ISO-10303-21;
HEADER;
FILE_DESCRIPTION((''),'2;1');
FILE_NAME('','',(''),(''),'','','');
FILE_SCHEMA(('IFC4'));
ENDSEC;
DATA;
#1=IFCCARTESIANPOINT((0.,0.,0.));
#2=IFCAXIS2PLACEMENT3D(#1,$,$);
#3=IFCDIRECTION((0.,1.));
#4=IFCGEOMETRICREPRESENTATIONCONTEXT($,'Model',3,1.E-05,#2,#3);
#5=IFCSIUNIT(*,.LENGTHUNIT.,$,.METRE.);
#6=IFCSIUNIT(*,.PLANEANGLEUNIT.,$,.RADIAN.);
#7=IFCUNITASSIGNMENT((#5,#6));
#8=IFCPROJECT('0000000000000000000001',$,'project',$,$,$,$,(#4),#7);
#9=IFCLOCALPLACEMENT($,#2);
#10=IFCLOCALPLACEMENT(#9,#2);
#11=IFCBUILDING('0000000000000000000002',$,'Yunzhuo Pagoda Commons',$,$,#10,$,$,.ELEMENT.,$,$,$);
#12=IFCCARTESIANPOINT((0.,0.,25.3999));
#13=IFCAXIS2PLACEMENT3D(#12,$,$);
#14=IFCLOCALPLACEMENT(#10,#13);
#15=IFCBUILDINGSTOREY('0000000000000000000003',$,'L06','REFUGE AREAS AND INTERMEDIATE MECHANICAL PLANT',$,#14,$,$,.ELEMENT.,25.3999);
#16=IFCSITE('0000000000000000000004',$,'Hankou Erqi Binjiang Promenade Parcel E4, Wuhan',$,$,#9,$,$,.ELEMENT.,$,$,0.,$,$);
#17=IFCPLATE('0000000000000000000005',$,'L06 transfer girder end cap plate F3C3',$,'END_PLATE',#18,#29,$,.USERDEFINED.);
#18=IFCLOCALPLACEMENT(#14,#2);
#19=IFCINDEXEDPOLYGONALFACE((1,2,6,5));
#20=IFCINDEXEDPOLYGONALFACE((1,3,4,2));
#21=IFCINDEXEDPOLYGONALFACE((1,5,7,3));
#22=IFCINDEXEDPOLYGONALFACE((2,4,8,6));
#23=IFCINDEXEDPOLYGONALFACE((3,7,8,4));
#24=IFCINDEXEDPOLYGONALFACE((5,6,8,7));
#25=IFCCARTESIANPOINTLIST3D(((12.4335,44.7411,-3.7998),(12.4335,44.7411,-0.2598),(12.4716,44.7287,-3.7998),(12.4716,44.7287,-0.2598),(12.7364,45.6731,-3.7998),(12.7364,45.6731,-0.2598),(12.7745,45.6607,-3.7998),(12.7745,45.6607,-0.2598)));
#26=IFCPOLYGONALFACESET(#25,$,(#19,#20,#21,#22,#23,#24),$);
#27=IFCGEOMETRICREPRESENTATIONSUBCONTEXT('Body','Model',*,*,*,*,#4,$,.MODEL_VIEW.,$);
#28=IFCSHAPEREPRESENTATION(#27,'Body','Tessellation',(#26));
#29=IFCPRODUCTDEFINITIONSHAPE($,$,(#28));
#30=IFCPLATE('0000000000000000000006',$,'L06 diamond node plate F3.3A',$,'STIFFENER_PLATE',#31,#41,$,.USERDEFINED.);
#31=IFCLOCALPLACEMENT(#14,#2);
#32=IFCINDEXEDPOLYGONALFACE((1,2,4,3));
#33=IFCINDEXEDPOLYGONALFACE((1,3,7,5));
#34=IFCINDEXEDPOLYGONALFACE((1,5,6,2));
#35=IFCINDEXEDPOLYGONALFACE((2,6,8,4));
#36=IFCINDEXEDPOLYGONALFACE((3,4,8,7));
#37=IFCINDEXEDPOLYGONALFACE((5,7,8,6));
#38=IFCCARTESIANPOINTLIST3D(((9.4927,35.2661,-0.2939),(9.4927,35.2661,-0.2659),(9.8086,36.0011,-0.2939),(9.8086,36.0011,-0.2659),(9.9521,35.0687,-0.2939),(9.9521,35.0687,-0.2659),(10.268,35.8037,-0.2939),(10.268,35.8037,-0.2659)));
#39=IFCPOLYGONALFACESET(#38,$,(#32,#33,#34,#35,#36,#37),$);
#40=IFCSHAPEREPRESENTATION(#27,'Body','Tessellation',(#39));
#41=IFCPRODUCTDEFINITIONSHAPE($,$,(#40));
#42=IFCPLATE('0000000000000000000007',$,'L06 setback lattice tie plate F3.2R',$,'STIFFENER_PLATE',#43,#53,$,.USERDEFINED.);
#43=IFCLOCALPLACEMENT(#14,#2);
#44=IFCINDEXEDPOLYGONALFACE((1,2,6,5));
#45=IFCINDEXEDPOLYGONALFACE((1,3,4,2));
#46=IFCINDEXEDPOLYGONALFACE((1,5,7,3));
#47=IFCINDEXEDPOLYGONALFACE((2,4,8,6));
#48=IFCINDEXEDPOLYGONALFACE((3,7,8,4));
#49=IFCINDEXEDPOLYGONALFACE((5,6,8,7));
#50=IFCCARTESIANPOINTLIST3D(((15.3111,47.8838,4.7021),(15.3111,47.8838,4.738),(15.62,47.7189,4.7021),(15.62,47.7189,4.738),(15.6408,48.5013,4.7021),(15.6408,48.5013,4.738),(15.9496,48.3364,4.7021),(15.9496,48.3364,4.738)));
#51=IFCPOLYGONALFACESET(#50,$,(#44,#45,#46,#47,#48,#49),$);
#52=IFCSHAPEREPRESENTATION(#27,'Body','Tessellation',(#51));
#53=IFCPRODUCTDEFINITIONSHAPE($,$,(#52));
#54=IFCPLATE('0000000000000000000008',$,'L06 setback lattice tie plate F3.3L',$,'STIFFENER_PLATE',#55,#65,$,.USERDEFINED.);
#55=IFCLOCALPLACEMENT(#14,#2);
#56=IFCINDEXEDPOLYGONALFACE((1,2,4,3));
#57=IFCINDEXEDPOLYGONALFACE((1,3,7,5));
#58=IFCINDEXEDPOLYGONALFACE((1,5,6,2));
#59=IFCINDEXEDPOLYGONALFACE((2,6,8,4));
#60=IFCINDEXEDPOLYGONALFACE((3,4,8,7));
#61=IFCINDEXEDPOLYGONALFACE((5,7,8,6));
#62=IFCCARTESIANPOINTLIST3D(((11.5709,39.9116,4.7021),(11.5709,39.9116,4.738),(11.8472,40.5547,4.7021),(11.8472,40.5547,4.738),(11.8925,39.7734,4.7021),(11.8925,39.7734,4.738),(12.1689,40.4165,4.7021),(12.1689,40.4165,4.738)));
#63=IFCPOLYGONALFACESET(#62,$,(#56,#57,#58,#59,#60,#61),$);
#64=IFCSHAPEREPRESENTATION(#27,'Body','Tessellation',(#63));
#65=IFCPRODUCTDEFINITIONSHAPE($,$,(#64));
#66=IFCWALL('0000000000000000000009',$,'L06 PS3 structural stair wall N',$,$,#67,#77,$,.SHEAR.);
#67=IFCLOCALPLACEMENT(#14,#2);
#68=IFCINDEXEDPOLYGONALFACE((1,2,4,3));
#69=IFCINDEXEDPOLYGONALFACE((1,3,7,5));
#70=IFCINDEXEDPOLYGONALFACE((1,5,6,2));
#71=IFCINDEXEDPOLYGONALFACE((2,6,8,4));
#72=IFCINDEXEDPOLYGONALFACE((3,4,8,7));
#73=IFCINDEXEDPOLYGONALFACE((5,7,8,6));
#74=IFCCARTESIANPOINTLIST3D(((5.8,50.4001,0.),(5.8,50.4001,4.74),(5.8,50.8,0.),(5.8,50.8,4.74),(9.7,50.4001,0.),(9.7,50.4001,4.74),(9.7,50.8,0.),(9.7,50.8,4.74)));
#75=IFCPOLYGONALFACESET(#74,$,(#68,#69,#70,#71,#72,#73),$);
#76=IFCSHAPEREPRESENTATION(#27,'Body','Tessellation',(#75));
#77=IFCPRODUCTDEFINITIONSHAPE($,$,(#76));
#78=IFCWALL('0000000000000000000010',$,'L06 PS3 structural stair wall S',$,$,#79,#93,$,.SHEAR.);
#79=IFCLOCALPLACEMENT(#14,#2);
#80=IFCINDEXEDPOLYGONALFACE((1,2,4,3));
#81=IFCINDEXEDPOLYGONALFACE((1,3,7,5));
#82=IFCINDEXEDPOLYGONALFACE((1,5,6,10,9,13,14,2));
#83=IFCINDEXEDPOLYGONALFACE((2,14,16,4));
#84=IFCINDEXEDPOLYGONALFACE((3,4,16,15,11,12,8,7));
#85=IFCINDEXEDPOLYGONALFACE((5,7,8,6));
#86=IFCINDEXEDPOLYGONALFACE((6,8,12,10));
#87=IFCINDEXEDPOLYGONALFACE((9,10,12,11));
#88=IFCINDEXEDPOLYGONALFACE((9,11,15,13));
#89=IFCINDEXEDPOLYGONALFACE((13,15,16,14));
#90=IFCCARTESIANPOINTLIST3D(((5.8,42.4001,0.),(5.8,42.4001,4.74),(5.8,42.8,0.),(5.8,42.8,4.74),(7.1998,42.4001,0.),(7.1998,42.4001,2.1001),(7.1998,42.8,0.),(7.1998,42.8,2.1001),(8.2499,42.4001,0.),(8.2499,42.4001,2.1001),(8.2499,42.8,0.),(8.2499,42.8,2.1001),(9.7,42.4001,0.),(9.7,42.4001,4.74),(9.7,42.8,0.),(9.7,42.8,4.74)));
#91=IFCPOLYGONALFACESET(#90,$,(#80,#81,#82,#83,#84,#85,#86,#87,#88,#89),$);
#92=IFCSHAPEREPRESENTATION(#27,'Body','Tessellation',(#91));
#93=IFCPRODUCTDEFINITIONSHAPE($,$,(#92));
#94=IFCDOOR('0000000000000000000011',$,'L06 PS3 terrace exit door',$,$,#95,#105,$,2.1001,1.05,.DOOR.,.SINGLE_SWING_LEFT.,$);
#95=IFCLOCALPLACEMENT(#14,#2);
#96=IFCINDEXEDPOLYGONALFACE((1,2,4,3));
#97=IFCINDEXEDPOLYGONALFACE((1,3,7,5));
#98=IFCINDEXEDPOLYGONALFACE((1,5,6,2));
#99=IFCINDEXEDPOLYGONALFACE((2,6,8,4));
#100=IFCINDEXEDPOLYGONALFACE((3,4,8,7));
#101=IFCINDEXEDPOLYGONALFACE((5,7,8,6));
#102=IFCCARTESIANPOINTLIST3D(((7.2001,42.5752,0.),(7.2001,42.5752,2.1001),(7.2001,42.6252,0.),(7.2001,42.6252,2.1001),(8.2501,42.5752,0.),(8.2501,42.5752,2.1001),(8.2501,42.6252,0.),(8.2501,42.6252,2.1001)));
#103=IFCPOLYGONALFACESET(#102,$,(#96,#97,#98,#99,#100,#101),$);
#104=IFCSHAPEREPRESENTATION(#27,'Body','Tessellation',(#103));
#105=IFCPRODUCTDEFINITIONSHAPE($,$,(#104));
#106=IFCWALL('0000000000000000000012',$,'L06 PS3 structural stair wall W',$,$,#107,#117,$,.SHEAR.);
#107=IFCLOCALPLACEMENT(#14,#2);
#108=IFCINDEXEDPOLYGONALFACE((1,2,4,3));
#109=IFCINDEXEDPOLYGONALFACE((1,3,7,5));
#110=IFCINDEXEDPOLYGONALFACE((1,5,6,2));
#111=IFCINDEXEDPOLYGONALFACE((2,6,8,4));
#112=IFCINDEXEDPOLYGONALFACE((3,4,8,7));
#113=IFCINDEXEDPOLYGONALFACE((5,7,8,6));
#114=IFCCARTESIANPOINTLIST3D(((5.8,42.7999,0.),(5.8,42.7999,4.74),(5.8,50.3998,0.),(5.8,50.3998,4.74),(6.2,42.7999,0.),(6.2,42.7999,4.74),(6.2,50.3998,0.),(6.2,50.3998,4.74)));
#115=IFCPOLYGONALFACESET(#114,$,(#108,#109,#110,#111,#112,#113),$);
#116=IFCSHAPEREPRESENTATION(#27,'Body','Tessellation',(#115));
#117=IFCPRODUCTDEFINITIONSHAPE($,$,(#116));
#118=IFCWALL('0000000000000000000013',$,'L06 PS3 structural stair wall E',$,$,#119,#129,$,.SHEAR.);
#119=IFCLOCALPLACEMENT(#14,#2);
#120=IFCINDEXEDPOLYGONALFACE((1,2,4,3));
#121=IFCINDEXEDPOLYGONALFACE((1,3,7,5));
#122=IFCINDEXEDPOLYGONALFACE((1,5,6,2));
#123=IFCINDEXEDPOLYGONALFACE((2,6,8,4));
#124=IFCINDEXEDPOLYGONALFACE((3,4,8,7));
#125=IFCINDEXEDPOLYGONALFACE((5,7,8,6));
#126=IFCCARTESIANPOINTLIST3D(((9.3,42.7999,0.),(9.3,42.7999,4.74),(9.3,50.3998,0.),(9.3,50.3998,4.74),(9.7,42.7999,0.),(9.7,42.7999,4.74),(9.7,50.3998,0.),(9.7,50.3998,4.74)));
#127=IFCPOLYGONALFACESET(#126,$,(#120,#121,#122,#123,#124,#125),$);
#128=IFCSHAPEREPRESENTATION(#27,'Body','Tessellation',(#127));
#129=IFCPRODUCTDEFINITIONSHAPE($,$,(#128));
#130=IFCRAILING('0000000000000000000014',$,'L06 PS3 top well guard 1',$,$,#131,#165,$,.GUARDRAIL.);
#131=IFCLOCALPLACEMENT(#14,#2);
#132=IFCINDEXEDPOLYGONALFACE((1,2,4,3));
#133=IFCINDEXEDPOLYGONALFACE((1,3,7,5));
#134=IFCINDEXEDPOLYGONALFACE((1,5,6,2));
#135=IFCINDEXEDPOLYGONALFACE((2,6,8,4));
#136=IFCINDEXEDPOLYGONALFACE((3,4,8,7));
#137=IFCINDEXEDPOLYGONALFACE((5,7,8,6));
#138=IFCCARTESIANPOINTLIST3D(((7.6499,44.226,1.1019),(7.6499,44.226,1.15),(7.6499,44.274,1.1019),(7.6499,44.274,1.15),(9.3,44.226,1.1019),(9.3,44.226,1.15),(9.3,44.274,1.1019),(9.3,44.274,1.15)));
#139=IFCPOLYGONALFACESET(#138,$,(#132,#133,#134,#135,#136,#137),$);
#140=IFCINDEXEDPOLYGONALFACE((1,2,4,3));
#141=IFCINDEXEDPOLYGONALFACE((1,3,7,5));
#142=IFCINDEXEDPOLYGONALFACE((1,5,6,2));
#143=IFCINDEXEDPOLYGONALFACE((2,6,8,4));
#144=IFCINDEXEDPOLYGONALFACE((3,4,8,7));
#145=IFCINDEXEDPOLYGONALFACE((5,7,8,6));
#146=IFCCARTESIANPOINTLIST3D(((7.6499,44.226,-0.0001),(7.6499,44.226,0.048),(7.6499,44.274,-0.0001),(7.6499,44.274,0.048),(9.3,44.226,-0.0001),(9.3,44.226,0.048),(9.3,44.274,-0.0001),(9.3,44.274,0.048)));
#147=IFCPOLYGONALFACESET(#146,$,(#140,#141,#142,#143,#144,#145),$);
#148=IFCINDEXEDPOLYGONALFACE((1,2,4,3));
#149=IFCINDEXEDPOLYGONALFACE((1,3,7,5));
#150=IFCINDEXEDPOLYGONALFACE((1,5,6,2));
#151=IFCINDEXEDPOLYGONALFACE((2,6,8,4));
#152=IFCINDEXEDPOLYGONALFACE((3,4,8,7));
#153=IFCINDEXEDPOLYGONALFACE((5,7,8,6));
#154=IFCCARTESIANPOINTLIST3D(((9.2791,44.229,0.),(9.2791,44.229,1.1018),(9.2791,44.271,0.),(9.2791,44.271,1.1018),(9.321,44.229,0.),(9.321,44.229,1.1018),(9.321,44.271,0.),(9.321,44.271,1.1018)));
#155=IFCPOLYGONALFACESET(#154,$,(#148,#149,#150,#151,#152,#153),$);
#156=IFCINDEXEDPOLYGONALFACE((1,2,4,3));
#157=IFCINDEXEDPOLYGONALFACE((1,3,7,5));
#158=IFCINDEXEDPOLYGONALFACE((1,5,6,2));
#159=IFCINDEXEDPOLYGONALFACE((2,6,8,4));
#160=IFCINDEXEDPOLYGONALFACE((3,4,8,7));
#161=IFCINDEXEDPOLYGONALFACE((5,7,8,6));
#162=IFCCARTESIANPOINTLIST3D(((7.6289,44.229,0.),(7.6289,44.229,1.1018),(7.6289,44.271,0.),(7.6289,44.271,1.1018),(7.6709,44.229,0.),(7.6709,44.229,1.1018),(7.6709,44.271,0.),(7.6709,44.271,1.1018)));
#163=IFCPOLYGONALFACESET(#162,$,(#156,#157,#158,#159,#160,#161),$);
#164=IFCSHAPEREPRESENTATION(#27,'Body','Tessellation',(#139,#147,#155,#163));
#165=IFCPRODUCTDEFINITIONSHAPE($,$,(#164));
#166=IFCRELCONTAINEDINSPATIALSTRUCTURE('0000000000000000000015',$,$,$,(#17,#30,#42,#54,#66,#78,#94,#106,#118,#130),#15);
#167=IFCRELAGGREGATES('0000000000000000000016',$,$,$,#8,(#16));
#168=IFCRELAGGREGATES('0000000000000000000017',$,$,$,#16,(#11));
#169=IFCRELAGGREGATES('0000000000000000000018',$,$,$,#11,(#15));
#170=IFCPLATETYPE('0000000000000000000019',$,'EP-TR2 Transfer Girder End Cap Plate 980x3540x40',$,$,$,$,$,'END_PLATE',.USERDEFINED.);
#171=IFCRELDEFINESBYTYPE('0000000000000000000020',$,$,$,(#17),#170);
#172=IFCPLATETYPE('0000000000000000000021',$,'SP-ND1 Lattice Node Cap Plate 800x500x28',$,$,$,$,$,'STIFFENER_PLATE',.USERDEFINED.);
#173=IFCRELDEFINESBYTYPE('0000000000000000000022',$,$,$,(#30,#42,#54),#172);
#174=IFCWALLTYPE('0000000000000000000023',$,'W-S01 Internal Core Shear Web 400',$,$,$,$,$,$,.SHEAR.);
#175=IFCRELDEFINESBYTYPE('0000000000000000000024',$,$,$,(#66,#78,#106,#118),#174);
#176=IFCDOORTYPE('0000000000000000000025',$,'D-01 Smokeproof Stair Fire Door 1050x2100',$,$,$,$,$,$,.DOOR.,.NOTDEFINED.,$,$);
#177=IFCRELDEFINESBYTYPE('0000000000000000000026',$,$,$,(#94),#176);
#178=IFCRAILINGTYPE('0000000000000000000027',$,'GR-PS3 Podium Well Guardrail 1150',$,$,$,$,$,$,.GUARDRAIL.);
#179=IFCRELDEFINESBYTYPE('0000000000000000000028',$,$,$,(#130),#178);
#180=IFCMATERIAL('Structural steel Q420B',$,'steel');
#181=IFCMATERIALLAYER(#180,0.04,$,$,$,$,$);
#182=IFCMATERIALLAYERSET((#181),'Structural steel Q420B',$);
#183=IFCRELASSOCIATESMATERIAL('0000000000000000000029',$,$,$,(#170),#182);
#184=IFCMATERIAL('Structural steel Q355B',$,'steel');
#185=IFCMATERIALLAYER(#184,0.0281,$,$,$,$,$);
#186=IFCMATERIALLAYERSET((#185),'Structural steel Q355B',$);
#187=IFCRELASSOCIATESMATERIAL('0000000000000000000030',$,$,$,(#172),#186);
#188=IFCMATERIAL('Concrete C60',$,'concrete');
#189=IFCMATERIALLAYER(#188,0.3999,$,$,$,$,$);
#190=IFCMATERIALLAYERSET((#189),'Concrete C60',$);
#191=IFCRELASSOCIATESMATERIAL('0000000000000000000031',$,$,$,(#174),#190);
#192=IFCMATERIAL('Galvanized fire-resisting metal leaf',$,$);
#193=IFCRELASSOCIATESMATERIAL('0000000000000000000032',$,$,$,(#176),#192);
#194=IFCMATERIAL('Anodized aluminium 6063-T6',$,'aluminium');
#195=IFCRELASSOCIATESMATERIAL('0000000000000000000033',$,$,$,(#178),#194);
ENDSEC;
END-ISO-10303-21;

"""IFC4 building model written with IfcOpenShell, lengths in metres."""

from ifc_helpers import new_model, si_unit, direction, frame, frame_2d, origin, origin_2d, place, context, subcontext, project, spatial, rectangle, extrude, source, transform, mapped, material, layer, layer_set, type_object, element, fill, save


model = new_model("IFC4")

# Units and contexts
model_context = context("Model", 3, precision=1e-05, world=origin(), true_north=direction((0.0, 1.0)))
body_context = subcontext(model_context, "Body", "Model", "MODEL_VIEW")
ifc_project = project(units=[si_unit("LENGTHUNIT", "METRE"), si_unit("PLANEANGLEUNIT", "RADIAN")], contexts=[model_context])

# Site, building, storey
site_placement = place(None, origin())
site = spatial("IfcSite", under=ifc_project, at=site_placement, Name="Hankou Erqi Binjiang Promenade Parcel E4, Wuhan", CompositionType="ELEMENT", RefElevation=0.0)
building_placement = place(site_placement, origin())
building = spatial("IfcBuilding", under=site, at=building_placement, Name="Yunzhuo Pagoda Commons", CompositionType="ELEMENT")
storey_placement = place(building_placement, frame((0.0, 0.0, 25.3999)))
storey = spatial("IfcBuildingStorey", under=building, at=storey_placement, Name="L06", Description="REFUGE AREAS AND INTERMEDIATE MECHANICAL PLANT", CompositionType="ELEMENT", Elevation=25.3999)

# Shared definitions
ifc_material_1 = material(Name="Structural steel Q355B", Category="steel")
ifc_material_2 = material(Name="Structural steel Q420B", Category="steel")

# Plates
ifc_layer_1 = layer(ifc_material_2, 0.04)
ifc_layer_set_1 = layer_set([ifc_layer_1], Name="Structural steel Q420B")
plate_type_1 = type_object("IfcPlateType", Name="EP-TR2 Transfer Girder End Cap Plate 980x3540x40", ElementType="END_PLATE", PredefinedType="USERDEFINED", material=ifc_layer_set_1)
shared_shape_1 = source(origin(), body_context, "Body", "SweptSolid", [
    extrude(rectangle(XDim=0.98, YDim=0.04, at=origin_2d()), origin(), (0.0, 0.0, 1.0), 3.54),
])
plate_1_placement = place(storey_placement, frame((12.604, 45.2009, -3.7998), z_axis=(0.0, 0.0, 1.0), x_axis=(-0.309017, -0.951057, 0.0)))
element("IfcPlate", 1, at=plate_1_placement, inside=storey, type_object=plate_type_1, Name="L06 transfer girder end cap plate F3C3", ObjectType="END_PLATE", PredefinedType="USERDEFINED", context=body_context, shape_type="MappedRepresentation", body=[
    mapped(shared_shape_1, transform((0.0, 0.0, 0.0), scale=1.0)),
])
ifc_layer_2 = layer(ifc_material_1, 0.0281)
ifc_layer_set_2 = layer_set([ifc_layer_2], Name="Structural steel Q355B")
plate_type_2 = type_object("IfcPlateType", Name="SP-ND1 Lattice Node Cap Plate 800x500x28", ElementType="STIFFENER_PLATE", PredefinedType="USERDEFINED", material=ifc_layer_set_2)
shared_shape_2 = source(origin(), body_context, "Body", "SweptSolid", [
    extrude(rectangle(XDim=0.8, YDim=0.5, at=origin_2d()), origin(), (0.0, 0.0, 1.0), 0.0281),
])
plate_2_placement = place(storey_placement, frame((9.8804, 35.5349, -0.2939), z_axis=(0.0, 0.0, 1.0), x_axis=(-0.394856, -0.918743, 0.0)))
element("IfcPlate", 2, at=plate_2_placement, inside=storey, type_object=plate_type_2, Name="L06 diamond node plate F3.3A", ObjectType="STIFFENER_PLATE", PredefinedType="USERDEFINED", context=body_context, shape_type="MappedRepresentation", body=[
    mapped(shared_shape_2, transform((0.0, 0.0, 0.0), scale=1.0)),
])
shared_shape_3 = source(origin(), body_context, "Body", "SweptSolid", [
    extrude(rectangle(XDim=0.7, YDim=0.3501, at=origin_2d()), origin(), (0.0, 0.0, 1.0), 0.0359),
])
for number, where, z_axis, x_axis, name in (
    (3, (15.6304, 48.1101, 4.7021), (0.0, 0.0, 1.0), (-0.470981, -0.882143, 0.0), "L06 setback lattice tie plate F3.2R"),
    (4, (11.8699, 40.1641, 4.7021), (0.0, 0.0, 1.0), (-0.394856, -0.918743, 0.0), "L06 setback lattice tie plate F3.3L"),
):
    element("IfcPlate", number, at=place(storey_placement, frame(where, z_axis=z_axis, x_axis=x_axis)), inside=storey, type_object=plate_type_2, Name=name, ObjectType="STIFFENER_PLATE", PredefinedType="USERDEFINED", context=body_context, shape_type="MappedRepresentation", body=[
        mapped(shared_shape_3, transform((0.0, 0.0, 0.0), scale=1.0)),
    ])

# Wall
ifc_material_3 = material(Name="Concrete C60", Category="concrete")
ifc_layer_3 = layer(ifc_material_3, 0.3999)
ifc_layer_set_3 = layer_set([ifc_layer_3], Name="Concrete C60")
wall_type = type_object("IfcWallType", Name="W-S01 Internal Core Shear Web 400", PredefinedType="SHEAR", material=ifc_layer_set_3)
wall_1_placement = place(storey_placement, frame((5.8, 50.6001, 0.0), z_axis=(0.0, 0.0, 1.0), x_axis=(1.0, 0.0, 0.0)))
element("IfcWall", 5, at=wall_1_placement, inside=storey, type_object=wall_type, Name="L06 PS3 structural stair wall N", PredefinedType="SHEAR", context=body_context, shape_type="SweptSolid", body=[
    extrude(rectangle(XDim=3.8999, YDim=0.3999, at=frame_2d((1.95, 0.0))), origin(), (0.0, 0.0, 1.0), 4.74),
])

# Wall, opening, door
wall_2_placement = place(storey_placement, frame((5.8, 42.6001, 0.0), z_axis=(0.0, 0.0, 1.0), x_axis=(1.0, 0.0, 0.0)))
wall_2 = element("IfcWall", 6, at=wall_2_placement, inside=storey, type_object=wall_type, Name="L06 PS3 structural stair wall S", PredefinedType="SHEAR", context=body_context, shape_type="SweptSolid", body=[
    extrude(rectangle(XDim=3.8999, YDim=0.3999, at=frame_2d((1.95, 0.0))), origin(), (0.0, 0.0, 1.0), 4.74),
])
opening_placement = place(wall_2_placement, frame((1.3999, 0.0, 0.0)))
opening = element("IfcOpeningElement", 7, at=opening_placement, cuts=wall_2, PredefinedType="OPENING", context=body_context, shape_type="SweptSolid", body=[
    extrude(rectangle(XDim=1.05, YDim=2.1001, at=frame_2d((0.5249, 1.05))), frame((0.0, 0.21, 0.0), z_axis=(0.0, -1.0, 0.0), x_axis=(1.0, 0.0, 0.0)), (0.0, 0.0, 1.0), 0.4199),
])
ifc_material_4 = material(Name="Galvanized fire-resisting metal leaf")
door_type = type_object("IfcDoorType", Name="D-01 Smokeproof Stair Fire Door 1050x2100", OperationType="NOTDEFINED", PredefinedType="DOOR", material=ifc_material_4)
shared_shape_4 = source(origin(), body_context, "Body", "SweptSolid", [
    extrude(rectangle(XDim=1.05, YDim=2.1001, at=frame_2d((0.5249, 1.05))), frame((0.0, 0.0249, 0.0), z_axis=(0.0, -1.0, 0.0), x_axis=(1.0, 0.0, 0.0)), (0.0, 0.0, 1.0), 0.05),
])
door_placement = place(opening_placement, frame((1.05, 0.0, 0.0), z_axis=(0.0, 0.0, 1.0), x_axis=(-1.0, 0.0, 0.0)))
door = element("IfcDoor", 8, at=door_placement, inside=storey, type_object=door_type, Name="L06 PS3 terrace exit door", OperationType="SINGLE_SWING_LEFT", OverallHeight=2.1001, OverallWidth=1.05, PredefinedType="DOOR", context=body_context, shape_type="MappedRepresentation", body=[
    mapped(shared_shape_4, transform((0.0, 0.0, 0.0), scale=1.0)),
])
fill(opening, door)

# Walls
for number, where, z_axis, x_axis, name in (
    (9, (6.0, 42.8, 0.0), (0.0, 0.0, 1.0), (0.0, 1.0, 0.0), "L06 PS3 structural stair wall W"),
    (10, (9.5, 42.8, 0.0), (0.0, 0.0, 1.0), (0.0, 1.0, 0.0), "L06 PS3 structural stair wall E"),
):
    element("IfcWall", number, at=place(storey_placement, frame(where, z_axis=z_axis, x_axis=x_axis)), inside=storey, type_object=wall_type, Name=name, PredefinedType="SHEAR", context=body_context, shape_type="SweptSolid", body=[
        extrude(rectangle(XDim=7.5999, YDim=0.3999, at=frame_2d((3.7998, 0.0))), origin(), (0.0, 0.0, 1.0), 4.74),
    ])

# Railing
ifc_material_5 = material(Name="Anodized aluminium 6063-T6", Category="aluminium")
railing_type_1 = type_object("IfcRailingType", Name="GR-PS3 Podium Well Guardrail 1150", PredefinedType="GUARDRAIL", material=ifc_material_5)
railing_1_placement = place(storey_placement, frame((9.3, 44.25, 0.0)))
element("IfcRailing", 11, at=railing_1_placement, inside=storey, type_object=railing_type_1, Name="L06 PS3 top well guard 1", PredefinedType="GUARDRAIL", context=body_context, shape_type="SweptSolid", body=[
    extrude(rectangle(XDim=0.0481, YDim=0.0481, at=origin_2d()), frame((0.0, 0.0, 1.126), z_axis=(-1.0, 0.0, 0.0), x_axis=(0.0, -1.0, 0.0)), (0.0, 0.0, 1.0), 1.6501),
    extrude(rectangle(XDim=0.0481, YDim=0.0481, at=origin_2d()), frame((0.0, 0.0, 0.0239), z_axis=(-1.0, 0.0, 0.0), x_axis=(0.0, -1.0, 0.0)), (0.0, 0.0, 1.0), 1.6501),
    extrude(rectangle(XDim=0.042, YDim=0.042, at=origin_2d()), origin(), (0.0, 0.0, 1.0), 1.1018),
    extrude(rectangle(XDim=0.042, YDim=0.042, at=origin_2d()), frame((-1.6501, 0.0, 0.0)), (0.0, 0.0, 1.0), 1.1018),
])

save(model, "model.ifc")
